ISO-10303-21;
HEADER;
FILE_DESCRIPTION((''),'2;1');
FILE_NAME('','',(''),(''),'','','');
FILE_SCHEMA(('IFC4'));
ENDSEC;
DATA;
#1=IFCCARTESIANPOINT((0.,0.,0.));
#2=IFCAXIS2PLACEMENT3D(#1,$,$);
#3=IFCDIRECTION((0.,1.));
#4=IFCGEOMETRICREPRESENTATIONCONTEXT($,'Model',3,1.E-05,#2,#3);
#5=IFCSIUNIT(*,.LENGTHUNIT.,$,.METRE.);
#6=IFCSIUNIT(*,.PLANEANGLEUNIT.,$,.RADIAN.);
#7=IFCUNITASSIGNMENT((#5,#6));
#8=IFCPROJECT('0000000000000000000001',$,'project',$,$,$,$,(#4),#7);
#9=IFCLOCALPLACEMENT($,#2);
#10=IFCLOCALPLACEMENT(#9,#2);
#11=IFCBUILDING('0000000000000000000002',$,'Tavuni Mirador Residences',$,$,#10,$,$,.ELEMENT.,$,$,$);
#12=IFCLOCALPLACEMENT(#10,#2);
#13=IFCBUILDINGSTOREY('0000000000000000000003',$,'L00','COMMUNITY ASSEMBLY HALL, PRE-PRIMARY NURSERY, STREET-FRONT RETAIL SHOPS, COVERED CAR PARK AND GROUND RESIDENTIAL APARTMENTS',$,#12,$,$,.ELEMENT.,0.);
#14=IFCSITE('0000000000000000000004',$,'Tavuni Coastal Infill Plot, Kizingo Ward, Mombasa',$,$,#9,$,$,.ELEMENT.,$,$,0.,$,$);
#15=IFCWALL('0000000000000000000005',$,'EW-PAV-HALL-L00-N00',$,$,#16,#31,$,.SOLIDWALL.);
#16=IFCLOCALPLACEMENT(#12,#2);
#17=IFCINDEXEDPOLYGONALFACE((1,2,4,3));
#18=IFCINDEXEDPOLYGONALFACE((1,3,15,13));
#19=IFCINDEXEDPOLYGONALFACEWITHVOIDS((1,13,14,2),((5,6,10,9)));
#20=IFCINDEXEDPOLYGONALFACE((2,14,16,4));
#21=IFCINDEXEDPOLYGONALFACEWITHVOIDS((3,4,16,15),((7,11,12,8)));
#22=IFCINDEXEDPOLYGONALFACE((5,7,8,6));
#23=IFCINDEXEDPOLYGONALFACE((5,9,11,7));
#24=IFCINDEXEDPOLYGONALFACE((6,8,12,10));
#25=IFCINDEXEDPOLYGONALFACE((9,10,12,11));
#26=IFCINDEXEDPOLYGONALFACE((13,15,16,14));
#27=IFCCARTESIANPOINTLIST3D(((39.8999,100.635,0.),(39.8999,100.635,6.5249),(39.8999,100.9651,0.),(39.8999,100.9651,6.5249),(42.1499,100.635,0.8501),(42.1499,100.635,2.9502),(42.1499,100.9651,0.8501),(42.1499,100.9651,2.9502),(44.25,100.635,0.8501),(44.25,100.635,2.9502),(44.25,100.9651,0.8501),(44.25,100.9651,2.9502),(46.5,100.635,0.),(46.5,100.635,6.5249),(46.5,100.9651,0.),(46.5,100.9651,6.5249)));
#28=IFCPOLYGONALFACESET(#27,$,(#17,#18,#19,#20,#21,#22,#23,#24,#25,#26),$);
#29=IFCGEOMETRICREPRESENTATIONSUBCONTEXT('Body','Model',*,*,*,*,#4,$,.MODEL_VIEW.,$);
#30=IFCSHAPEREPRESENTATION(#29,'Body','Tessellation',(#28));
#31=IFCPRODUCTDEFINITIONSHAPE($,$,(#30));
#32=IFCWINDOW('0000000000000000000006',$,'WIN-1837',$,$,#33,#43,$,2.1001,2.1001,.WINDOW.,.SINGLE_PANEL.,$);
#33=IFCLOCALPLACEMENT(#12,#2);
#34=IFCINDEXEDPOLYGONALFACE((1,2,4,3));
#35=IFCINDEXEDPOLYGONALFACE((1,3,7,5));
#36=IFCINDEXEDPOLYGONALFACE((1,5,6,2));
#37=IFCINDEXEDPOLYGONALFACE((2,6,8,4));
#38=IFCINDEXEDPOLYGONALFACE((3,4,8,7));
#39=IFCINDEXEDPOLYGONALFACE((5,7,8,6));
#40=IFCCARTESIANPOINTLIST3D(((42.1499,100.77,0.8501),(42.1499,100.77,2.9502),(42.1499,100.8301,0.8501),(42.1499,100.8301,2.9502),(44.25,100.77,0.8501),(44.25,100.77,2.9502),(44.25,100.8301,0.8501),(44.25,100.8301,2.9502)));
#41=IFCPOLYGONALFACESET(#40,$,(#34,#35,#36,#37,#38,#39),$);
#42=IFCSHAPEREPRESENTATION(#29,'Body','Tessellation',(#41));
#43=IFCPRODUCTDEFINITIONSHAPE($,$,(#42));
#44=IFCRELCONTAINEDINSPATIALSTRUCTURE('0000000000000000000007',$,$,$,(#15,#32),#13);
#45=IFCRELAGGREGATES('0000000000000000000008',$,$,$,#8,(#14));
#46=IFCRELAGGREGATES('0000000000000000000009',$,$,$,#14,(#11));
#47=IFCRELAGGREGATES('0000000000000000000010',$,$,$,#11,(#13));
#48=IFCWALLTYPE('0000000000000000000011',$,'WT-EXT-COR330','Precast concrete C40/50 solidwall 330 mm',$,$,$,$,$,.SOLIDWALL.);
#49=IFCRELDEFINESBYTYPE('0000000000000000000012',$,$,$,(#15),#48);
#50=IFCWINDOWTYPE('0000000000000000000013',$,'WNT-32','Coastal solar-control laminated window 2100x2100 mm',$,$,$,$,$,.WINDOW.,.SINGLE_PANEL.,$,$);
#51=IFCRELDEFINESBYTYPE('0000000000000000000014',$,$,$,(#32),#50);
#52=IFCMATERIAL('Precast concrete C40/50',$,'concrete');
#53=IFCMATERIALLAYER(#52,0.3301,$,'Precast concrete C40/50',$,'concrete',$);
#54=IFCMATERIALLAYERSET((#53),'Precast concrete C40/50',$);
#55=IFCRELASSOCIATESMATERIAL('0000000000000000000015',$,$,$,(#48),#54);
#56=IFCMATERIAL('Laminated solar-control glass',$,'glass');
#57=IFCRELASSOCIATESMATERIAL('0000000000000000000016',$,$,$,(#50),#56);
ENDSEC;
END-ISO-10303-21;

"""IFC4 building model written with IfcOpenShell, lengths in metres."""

from ifc_helpers import new_model, si_unit, direction, frame, frame_2d, origin, place, context, subcontext, project, spatial, rectangle, extrude, material, layer, layer_set, type_object, element, fill, save


model = new_model("IFC4")

# Units and contexts
model_context = context("Model", 3, precision=1e-05, world=origin(), true_north=direction((0.0, 1.0)))
body_context = subcontext(model_context, "Body", "Model", "MODEL_VIEW")
ifc_project = project(units=[si_unit("LENGTHUNIT", "METRE"), si_unit("PLANEANGLEUNIT", "RADIAN")], contexts=[model_context])

# Site, building, storey
site_placement = place(None, origin())
site = spatial("IfcSite", under=ifc_project, at=site_placement, Name="Tavuni Coastal Infill Plot, Kizingo Ward, Mombasa", CompositionType="ELEMENT", RefElevation=0.0)
building_placement = place(site_placement, origin())
building = spatial("IfcBuilding", under=site, at=building_placement, Name="Tavuni Mirador Residences", CompositionType="ELEMENT")
storey_placement = place(building_placement, origin())
storey = spatial("IfcBuildingStorey", under=building, at=storey_placement, Name="L00", Description="COMMUNITY ASSEMBLY HALL, PRE-PRIMARY NURSERY, STREET-FRONT RETAIL SHOPS, COVERED CAR PARK AND GROUND RESIDENTIAL APARTMENTS", CompositionType="ELEMENT", Elevation=0.0)

# Shared definitions
ifc_material_1 = material(Name="Precast concrete C40/50", Category="concrete")

# Wall, opening, window
ifc_layer_1 = layer(ifc_material_1, 0.3301, Name="Precast concrete C40/50", Category="concrete")
ifc_layer_set_1 = layer_set([ifc_layer_1], Name="Precast concrete C40/50")
wall_type = type_object("IfcWallType", Name="WT-EXT-COR330", Description="Precast concrete C40/50 solidwall 330 mm", PredefinedType="SOLIDWALL", material=ifc_layer_set_1)
wall_placement = place(storey_placement, frame((46.5, 100.8, 0.0), z_axis=(0.0, 0.0, 1.0), x_axis=(-1.0, 0.0, 0.0)))
wall = element("IfcWall", 1, at=wall_placement, inside=storey, type_object=wall_type, Name="EW-PAV-HALL-L00-N00", PredefinedType="SOLIDWALL", context=body_context, shape_type="SweptSolid", body=[
    extrude(rectangle(XDim=6.6001, YDim=0.3301, at=frame_2d((3.3, 0.0))), origin(), (0.0, 0.0, 1.0), 6.5249),
])
opening_placement = place(wall_placement, frame((2.25, 0.0, 0.8501)))
opening = element("IfcOpeningElement", 2, at=opening_placement, cuts=wall, PredefinedType="OPENING", context=body_context, shape_type="SweptSolid", body=[
    extrude(rectangle(XDim=2.1001, YDim=2.1001, at=frame_2d((1.05, 1.05))), frame((0.0, 0.175, 0.0), z_axis=(0.0, -1.0, 0.0), x_axis=(1.0, 0.0, 0.0)), (0.0, 0.0, 1.0), 0.3501),
])
ifc_material_2 = material(Name="Laminated solar-control glass", Category="glass")
window_type = type_object("IfcWindowType", Name="WNT-32", Description="Coastal solar-control laminated window 2100x2100 mm", PartitioningType="SINGLE_PANEL", PredefinedType="WINDOW", material=ifc_material_2)
window_placement = place(opening_placement, origin())
window = element("IfcWindow", 3, at=window_placement, inside=storey, type_object=window_type, Name="WIN-1837", OverallHeight=2.1001, OverallWidth=2.1001, PartitioningType="SINGLE_PANEL", PredefinedType="WINDOW", context=body_context, shape_type="SweptSolid", body=[
    extrude(rectangle(XDim=2.1001, YDim=2.1001, at=frame_2d((1.05, 1.05))), frame((0.0, 0.03, 0.0), z_axis=(0.0, -1.0, 0.0), x_axis=(1.0, 0.0, 0.0)), (0.0, 0.0, 1.0), 0.0601),
])
fill(opening, window)

save(model, "model.ifc")
